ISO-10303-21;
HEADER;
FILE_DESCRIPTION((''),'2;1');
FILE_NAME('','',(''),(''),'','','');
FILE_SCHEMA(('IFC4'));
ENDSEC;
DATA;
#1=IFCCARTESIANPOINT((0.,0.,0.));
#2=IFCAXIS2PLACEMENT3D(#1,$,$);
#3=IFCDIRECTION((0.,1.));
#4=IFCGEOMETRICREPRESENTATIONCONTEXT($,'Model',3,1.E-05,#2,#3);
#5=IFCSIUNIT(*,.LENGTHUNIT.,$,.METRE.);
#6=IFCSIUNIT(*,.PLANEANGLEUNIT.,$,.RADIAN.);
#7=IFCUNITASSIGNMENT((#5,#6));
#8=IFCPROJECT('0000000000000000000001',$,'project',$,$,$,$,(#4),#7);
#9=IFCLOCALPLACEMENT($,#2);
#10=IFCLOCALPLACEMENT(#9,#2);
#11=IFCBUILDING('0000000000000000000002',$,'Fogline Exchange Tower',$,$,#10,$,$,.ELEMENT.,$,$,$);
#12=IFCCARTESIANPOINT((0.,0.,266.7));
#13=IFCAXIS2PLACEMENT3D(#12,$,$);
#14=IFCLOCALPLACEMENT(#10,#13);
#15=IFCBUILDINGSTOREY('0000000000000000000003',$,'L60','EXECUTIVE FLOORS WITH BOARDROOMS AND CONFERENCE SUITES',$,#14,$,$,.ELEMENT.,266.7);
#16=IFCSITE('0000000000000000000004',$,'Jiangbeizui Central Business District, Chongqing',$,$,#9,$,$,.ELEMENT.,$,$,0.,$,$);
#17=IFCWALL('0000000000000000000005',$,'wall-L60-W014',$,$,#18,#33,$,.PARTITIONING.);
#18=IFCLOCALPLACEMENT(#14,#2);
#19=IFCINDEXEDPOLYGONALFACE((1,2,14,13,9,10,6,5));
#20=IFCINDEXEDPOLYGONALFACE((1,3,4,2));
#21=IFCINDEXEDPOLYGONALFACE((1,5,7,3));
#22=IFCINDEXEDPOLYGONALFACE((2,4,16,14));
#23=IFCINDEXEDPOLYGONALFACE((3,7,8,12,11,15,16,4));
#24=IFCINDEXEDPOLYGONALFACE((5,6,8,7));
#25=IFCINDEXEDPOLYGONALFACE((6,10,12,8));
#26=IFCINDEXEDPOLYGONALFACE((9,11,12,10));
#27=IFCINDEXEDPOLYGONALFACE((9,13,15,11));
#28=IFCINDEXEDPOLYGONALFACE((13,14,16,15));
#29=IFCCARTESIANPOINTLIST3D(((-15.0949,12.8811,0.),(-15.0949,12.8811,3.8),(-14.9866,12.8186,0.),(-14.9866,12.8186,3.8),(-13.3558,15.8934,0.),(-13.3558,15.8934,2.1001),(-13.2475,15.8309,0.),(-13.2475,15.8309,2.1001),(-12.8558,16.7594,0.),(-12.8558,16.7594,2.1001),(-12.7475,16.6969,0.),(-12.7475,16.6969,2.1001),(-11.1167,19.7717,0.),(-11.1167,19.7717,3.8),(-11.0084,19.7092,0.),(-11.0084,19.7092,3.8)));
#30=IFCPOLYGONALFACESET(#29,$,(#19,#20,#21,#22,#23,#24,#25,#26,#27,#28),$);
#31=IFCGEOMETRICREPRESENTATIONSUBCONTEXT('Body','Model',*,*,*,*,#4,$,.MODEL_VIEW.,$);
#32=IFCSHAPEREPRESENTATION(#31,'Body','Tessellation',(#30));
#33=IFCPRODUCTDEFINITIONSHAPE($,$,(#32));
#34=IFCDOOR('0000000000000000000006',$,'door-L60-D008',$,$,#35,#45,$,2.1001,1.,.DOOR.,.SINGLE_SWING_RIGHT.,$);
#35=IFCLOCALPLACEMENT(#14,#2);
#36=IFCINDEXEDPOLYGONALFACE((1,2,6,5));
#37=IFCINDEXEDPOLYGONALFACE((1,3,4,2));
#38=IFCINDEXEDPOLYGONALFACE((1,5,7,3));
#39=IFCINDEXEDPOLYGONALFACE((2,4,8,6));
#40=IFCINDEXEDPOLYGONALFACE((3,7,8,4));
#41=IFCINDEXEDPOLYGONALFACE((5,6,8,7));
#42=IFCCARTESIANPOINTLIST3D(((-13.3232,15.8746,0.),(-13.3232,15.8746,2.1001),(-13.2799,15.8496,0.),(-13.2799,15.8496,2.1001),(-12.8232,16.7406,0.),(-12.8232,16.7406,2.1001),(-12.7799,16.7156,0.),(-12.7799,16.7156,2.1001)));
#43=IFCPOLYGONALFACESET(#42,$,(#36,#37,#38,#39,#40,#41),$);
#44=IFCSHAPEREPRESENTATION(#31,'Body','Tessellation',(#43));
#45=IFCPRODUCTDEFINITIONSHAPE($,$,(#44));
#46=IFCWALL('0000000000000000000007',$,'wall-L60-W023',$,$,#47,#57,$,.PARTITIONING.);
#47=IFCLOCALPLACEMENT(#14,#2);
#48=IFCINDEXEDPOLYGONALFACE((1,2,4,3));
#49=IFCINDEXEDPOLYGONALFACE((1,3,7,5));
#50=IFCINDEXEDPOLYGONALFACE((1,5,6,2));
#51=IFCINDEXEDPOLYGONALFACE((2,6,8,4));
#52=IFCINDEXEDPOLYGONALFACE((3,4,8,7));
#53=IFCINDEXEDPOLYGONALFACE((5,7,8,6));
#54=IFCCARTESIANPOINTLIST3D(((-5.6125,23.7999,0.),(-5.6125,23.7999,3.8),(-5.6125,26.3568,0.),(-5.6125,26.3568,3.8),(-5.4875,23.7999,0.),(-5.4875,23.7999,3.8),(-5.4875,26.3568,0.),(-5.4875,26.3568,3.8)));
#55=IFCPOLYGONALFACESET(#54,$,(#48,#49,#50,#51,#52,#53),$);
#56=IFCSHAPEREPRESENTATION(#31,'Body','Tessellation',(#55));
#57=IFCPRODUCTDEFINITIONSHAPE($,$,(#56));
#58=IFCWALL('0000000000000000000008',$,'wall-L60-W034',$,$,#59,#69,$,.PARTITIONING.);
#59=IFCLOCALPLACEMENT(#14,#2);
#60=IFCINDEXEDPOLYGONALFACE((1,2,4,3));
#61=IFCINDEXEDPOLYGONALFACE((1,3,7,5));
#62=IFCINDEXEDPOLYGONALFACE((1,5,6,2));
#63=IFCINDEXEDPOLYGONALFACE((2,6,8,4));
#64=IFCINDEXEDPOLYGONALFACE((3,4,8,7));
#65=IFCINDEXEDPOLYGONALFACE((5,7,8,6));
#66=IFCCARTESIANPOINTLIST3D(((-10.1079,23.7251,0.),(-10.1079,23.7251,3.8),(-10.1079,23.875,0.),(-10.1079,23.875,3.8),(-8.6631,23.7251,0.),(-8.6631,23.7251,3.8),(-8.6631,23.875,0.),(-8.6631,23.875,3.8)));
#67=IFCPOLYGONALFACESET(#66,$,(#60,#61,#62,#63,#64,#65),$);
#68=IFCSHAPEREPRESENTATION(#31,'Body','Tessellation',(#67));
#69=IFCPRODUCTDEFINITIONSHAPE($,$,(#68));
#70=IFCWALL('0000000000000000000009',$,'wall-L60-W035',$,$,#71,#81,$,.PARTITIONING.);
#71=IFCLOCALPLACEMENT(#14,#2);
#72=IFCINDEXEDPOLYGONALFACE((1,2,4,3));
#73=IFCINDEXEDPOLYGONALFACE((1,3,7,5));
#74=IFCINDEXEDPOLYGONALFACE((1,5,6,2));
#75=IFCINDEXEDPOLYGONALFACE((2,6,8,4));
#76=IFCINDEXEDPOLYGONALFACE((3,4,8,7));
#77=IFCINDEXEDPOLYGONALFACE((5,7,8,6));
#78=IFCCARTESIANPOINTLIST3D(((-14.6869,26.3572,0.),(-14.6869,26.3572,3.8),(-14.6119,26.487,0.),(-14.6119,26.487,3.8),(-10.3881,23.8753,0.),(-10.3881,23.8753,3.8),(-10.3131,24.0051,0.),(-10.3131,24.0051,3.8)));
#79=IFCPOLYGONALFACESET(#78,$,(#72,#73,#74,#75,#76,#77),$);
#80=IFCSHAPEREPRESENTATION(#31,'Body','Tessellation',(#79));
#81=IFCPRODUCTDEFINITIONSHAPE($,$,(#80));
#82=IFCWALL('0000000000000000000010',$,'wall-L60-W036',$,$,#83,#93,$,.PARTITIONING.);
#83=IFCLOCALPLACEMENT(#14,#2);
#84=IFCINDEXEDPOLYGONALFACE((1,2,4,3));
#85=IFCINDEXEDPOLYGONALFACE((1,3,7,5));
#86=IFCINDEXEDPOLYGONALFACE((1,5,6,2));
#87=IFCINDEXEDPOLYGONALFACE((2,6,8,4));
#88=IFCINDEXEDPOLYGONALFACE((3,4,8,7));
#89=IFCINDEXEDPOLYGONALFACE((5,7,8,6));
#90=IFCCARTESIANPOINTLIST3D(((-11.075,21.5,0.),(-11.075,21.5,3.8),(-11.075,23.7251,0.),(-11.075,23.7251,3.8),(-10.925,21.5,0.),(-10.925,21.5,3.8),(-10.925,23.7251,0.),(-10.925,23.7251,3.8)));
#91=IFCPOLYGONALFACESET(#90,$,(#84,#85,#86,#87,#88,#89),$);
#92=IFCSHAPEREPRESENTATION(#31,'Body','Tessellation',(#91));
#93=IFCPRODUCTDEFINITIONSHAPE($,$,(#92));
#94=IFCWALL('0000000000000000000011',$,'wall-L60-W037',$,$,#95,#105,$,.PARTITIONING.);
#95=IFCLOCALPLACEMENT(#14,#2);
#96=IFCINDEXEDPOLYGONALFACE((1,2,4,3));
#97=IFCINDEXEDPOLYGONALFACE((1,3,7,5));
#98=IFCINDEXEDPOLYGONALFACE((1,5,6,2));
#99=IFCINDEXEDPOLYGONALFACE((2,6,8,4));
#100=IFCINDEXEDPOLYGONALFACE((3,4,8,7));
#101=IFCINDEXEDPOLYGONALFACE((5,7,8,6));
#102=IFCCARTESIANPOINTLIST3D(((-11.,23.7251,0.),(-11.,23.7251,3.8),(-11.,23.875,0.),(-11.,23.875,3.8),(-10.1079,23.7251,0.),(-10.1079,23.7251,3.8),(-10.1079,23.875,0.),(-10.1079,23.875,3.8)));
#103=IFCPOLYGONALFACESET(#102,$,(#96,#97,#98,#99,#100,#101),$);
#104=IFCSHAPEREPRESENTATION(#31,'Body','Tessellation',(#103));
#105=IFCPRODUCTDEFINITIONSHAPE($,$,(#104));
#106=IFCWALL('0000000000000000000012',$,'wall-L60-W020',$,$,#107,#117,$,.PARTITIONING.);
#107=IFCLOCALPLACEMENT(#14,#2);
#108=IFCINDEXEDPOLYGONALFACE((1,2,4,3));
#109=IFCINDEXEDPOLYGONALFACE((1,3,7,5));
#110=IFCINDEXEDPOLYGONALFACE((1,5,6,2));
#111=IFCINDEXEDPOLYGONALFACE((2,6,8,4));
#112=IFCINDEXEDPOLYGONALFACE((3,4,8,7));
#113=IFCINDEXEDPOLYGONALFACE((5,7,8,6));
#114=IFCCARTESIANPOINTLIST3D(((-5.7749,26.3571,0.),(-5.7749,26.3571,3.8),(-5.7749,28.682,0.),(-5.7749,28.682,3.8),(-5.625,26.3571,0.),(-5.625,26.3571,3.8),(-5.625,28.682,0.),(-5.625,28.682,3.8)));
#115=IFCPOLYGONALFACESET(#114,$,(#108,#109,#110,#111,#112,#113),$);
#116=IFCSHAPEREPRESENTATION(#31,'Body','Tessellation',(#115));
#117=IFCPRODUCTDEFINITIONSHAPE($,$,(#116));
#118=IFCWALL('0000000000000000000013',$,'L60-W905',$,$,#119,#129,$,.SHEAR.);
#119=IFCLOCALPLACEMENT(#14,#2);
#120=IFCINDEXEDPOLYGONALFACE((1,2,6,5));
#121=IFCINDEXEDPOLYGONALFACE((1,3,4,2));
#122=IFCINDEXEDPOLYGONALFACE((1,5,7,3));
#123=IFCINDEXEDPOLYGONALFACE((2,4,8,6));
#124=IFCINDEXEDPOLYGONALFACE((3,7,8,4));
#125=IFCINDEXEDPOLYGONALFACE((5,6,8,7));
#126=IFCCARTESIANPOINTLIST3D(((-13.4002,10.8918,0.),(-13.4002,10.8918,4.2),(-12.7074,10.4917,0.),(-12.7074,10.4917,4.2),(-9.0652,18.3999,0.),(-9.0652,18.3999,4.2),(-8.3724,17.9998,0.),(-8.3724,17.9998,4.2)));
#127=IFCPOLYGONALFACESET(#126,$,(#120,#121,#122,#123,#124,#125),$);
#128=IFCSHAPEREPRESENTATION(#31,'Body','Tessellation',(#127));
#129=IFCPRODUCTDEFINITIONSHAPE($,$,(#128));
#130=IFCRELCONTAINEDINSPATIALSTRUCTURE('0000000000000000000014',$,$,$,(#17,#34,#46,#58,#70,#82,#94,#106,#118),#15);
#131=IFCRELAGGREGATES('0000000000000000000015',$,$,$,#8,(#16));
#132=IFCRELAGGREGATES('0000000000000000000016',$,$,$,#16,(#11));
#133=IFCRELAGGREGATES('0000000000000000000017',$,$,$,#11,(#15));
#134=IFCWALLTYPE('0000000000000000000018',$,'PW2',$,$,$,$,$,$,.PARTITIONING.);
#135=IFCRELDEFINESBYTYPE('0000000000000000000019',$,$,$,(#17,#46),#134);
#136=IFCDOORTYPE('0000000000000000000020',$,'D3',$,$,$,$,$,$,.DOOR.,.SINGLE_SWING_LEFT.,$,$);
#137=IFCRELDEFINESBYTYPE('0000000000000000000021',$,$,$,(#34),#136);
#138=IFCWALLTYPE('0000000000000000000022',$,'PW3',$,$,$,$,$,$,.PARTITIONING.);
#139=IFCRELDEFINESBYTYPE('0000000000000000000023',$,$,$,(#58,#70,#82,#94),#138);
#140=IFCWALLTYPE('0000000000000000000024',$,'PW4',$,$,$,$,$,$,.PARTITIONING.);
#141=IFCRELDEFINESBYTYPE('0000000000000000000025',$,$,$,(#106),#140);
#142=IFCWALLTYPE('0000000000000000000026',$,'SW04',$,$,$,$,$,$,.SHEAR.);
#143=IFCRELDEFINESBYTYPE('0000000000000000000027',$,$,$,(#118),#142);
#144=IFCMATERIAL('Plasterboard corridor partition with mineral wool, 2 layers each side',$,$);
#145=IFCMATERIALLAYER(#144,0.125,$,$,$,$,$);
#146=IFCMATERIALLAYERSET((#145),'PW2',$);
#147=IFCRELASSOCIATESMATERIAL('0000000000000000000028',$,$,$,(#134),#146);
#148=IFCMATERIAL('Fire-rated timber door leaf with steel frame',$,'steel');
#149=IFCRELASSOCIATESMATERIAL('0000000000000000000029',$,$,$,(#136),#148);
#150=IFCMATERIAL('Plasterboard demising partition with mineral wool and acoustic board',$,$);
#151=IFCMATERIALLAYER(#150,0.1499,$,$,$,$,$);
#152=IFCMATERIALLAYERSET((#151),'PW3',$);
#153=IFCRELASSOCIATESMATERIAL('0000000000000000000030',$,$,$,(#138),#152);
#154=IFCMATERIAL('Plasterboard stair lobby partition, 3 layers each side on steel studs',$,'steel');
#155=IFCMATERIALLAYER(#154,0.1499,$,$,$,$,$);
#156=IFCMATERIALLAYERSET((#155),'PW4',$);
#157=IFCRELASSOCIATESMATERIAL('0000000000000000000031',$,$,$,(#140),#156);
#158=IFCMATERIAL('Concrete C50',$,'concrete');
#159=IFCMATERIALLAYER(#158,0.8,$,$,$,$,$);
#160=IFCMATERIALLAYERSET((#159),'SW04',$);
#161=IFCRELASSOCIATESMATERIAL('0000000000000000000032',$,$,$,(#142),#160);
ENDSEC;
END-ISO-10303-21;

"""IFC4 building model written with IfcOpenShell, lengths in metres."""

from ifc_helpers import new_model, si_unit, direction, frame, frame_2d, origin, place, context, subcontext, project, spatial, rectangle, extrude, material, layer, layer_set, type_object, element, fill, save


model = new_model("IFC4")

# Units and contexts
model_context = context("Model", 3, precision=1e-05, world=origin(), true_north=direction((0.0, 1.0)))
body_context = subcontext(model_context, "Body", "Model", "MODEL_VIEW")
ifc_project = project(units=[si_unit("LENGTHUNIT", "METRE"), si_unit("PLANEANGLEUNIT", "RADIAN")], contexts=[model_context])

# Site, building, storey
site_placement = place(None, origin())
site = spatial("IfcSite", under=ifc_project, at=site_placement, Name="Jiangbeizui Central Business District, Chongqing", CompositionType="ELEMENT", RefElevation=0.0)
building_placement = place(site_placement, origin())
building = spatial("IfcBuilding", under=site, at=building_placement, Name="Fogline Exchange Tower", CompositionType="ELEMENT")
storey_placement = place(building_placement, frame((0.0, 0.0, 266.7)))
storey = spatial("IfcBuildingStorey", under=building, at=storey_placement, Name="L60", Description="EXECUTIVE FLOORS WITH BOARDROOMS AND CONFERENCE SUITES", CompositionType="ELEMENT", Elevation=266.7)

# Shared definitions
ifc_material_1 = material(Name="Plasterboard corridor partition with mineral wool, 2 layers each side")
ifc_layer_1 = layer(ifc_material_1, 0.125)
ifc_layer_set_1 = layer_set([ifc_layer_1], Name="PW2")
wall_type_1 = type_object("IfcWallType", Name="PW2", PredefinedType="PARTITIONING", material=ifc_layer_set_1)
ifc_material_2 = material(Name="Fire-rated timber door leaf with steel frame", Category="steel")
door_type_1 = type_object("IfcDoorType", Name="D3", OperationType="SINGLE_SWING_LEFT", PredefinedType="DOOR", material=ifc_material_2)

# Wall, opening, door
wall_1_placement = place(storey_placement, frame((-15.0408, 12.8499, 0.0), z_axis=(0.0, 0.0, 1.0), x_axis=(0.499997, 0.866027, 0.0)))
wall_1 = element("IfcWall", 1, at=wall_1_placement, inside=storey, type_object=wall_type_1, Name="wall-L60-W014", PredefinedType="PARTITIONING", context=body_context, shape_type="SweptSolid", body=[
    extrude(rectangle(XDim=7.9565, YDim=0.125, at=frame_2d((3.9783, 0.0))), origin(), (0.0, 0.0, 1.0), 3.8),
])
opening_1_placement = place(wall_1_placement, frame((3.4783, 0.0, 0.0)))
opening_1 = element("IfcOpeningElement", 2, at=opening_1_placement, cuts=wall_1, PredefinedType="OPENING", context=body_context, shape_type="SweptSolid", body=[
    extrude(rectangle(XDim=1.0, YDim=2.1001, at=frame_2d((0.5, 1.05))), frame((0.0, 0.0725, 0.0), z_axis=(0.0, -1.0, 0.0), x_axis=(1.0, 0.0, 0.0)), (0.0, 0.0, 1.0), 0.145),
])
door_1_placement = place(opening_1_placement, origin())
door_1 = element("IfcDoor", 3, at=door_1_placement, inside=storey, type_object=door_type_1, Name="door-L60-D008", OperationType="SINGLE_SWING_RIGHT", OverallHeight=2.1001, OverallWidth=1.0, PredefinedType="DOOR", context=body_context, shape_type="SweptSolid", body=[
    extrude(rectangle(XDim=1.0, YDim=2.1001, at=frame_2d((0.5, 1.05))), frame((0.0, 0.0249, 0.0), z_axis=(0.0, -1.0, 0.0), x_axis=(1.0, 0.0, 0.0)), (0.0, 0.0, 1.0), 0.05),
])
fill(opening_1, door_1)

# Walls
wall_2_placement = place(storey_placement, frame((-5.55, 23.8, 0.0), z_axis=(0.0, 0.0, 1.0), x_axis=(0.0, 1.0, 0.0)))
element("IfcWall", 4, at=wall_2_placement, inside=storey, type_object=wall_type_1, Name="wall-L60-W023", PredefinedType="PARTITIONING", context=body_context, shape_type="SweptSolid", body=[
    extrude(rectangle(XDim=2.5569, YDim=0.125, at=frame_2d((1.2783, 0.0))), origin(), (0.0, 0.0, 1.0), 3.8),
])
ifc_material_3 = material(Name="Plasterboard demising partition with mineral wool and acoustic board")
ifc_layer_2 = layer(ifc_material_3, 0.1499)
ifc_layer_set_2 = layer_set([ifc_layer_2], Name="PW3")
wall_type_2 = type_object("IfcWallType", Name="PW3", PredefinedType="PARTITIONING", material=ifc_layer_set_2)
wall_3_placement = place(storey_placement, frame((-8.6631, 23.8, 0.0), z_axis=(0.0, 0.0, 1.0), x_axis=(-1.0, 0.0, 0.0)))
element("IfcWall", 5, at=wall_3_placement, inside=storey, type_object=wall_type_2, Name="wall-L60-W034", PredefinedType="PARTITIONING", context=body_context, shape_type="SweptSolid", body=[
    extrude(rectangle(XDim=1.4448, YDim=0.1499, at=frame_2d((0.7224, 0.0))), origin(), (0.0, 0.0, 1.0), 3.8),
])
wall_4_placement = place(storey_placement, frame((-10.3506, 23.9402, 0.0), z_axis=(0.0, 0.0, 1.0), x_axis=(-0.866025, 0.500001, 0.0)))
element("IfcWall", 6, at=wall_4_placement, inside=storey, type_object=wall_type_2, Name="wall-L60-W035", PredefinedType="PARTITIONING", context=body_context, shape_type="SweptSolid", body=[
    extrude(rectangle(XDim=4.9639, YDim=0.1499, at=frame_2d((2.4819, 0.0))), origin(), (0.0, 0.0, 1.0), 3.8),
])
wall_5_placement = place(storey_placement, frame((-11.0, 21.5, 0.0), z_axis=(0.0, 0.0, 1.0), x_axis=(0.0, 1.0, 0.0)))
element("IfcWall", 7, at=wall_5_placement, inside=storey, type_object=wall_type_2, Name="wall-L60-W036", PredefinedType="PARTITIONING", context=body_context, shape_type="SweptSolid", body=[
    extrude(rectangle(XDim=2.2251, YDim=0.1499, at=frame_2d((1.1125, 0.0))), origin(), (0.0, 0.0, 1.0), 3.8),
])
wall_6_placement = place(storey_placement, frame((-11.0, 23.8, 0.0), z_axis=(0.0, 0.0, 1.0), x_axis=(1.0, 0.0, 0.0)))
element("IfcWall", 8, at=wall_6_placement, inside=storey, type_object=wall_type_2, Name="wall-L60-W037", PredefinedType="PARTITIONING", context=body_context, shape_type="SweptSolid", body=[
    extrude(rectangle(XDim=0.8921, YDim=0.1499, at=frame_2d((0.446, 0.0))), origin(), (0.0, 0.0, 1.0), 3.8),
])
ifc_material_4 = material(Name="Plasterboard stair lobby partition, 3 layers each side on steel studs", Category="steel")
ifc_layer_3 = layer(ifc_material_4, 0.1499)
ifc_layer_set_3 = layer_set([ifc_layer_3], Name="PW4")
wall_type_3 = type_object("IfcWallType", Name="PW4", PredefinedType="PARTITIONING", material=ifc_layer_set_3)
wall_7_placement = place(storey_placement, frame((-5.7, 26.3569, 0.0), z_axis=(0.0, 0.0, 1.0), x_axis=(0.0, 1.0, 0.0)))
element("IfcWall", 9, at=wall_7_placement, inside=storey, type_object=wall_type_3, Name="wall-L60-W020", PredefinedType="PARTITIONING", context=body_context, shape_type="SweptSolid", body=[
    extrude(rectangle(XDim=2.325, YDim=0.1499, at=frame_2d((1.1626, 0.0))), origin(), (0.0, 0.0, 1.0), 3.8),
])
ifc_material_5 = material(Name="Concrete C50", Category="concrete")
ifc_layer_4 = layer(ifc_material_5, 0.8)
ifc_layer_set_4 = layer_set([ifc_layer_4], Name="SW04")
wall_type_4 = type_object("IfcWallType", Name="SW04", PredefinedType="SHEAR", material=ifc_layer_set_4)
wall_8_placement = place(storey_placement, frame((-8.7188, 18.2, 0.0), z_axis=(0.0, 0.0, 1.0), x_axis=(-0.500016, -0.866016, 0.0)))
element("IfcWall", 10, at=wall_8_placement, inside=storey, type_object=wall_type_4, Name="L60-W905", PredefinedType="SHEAR", context=body_context, shape_type="SweptSolid", body=[
    extrude(rectangle(XDim=8.6697, YDim=0.8, at=frame_2d((4.335, 0.0))), origin(), (0.0, 0.0, 1.0), 4.2),
])

save(model, "model.ifc")
